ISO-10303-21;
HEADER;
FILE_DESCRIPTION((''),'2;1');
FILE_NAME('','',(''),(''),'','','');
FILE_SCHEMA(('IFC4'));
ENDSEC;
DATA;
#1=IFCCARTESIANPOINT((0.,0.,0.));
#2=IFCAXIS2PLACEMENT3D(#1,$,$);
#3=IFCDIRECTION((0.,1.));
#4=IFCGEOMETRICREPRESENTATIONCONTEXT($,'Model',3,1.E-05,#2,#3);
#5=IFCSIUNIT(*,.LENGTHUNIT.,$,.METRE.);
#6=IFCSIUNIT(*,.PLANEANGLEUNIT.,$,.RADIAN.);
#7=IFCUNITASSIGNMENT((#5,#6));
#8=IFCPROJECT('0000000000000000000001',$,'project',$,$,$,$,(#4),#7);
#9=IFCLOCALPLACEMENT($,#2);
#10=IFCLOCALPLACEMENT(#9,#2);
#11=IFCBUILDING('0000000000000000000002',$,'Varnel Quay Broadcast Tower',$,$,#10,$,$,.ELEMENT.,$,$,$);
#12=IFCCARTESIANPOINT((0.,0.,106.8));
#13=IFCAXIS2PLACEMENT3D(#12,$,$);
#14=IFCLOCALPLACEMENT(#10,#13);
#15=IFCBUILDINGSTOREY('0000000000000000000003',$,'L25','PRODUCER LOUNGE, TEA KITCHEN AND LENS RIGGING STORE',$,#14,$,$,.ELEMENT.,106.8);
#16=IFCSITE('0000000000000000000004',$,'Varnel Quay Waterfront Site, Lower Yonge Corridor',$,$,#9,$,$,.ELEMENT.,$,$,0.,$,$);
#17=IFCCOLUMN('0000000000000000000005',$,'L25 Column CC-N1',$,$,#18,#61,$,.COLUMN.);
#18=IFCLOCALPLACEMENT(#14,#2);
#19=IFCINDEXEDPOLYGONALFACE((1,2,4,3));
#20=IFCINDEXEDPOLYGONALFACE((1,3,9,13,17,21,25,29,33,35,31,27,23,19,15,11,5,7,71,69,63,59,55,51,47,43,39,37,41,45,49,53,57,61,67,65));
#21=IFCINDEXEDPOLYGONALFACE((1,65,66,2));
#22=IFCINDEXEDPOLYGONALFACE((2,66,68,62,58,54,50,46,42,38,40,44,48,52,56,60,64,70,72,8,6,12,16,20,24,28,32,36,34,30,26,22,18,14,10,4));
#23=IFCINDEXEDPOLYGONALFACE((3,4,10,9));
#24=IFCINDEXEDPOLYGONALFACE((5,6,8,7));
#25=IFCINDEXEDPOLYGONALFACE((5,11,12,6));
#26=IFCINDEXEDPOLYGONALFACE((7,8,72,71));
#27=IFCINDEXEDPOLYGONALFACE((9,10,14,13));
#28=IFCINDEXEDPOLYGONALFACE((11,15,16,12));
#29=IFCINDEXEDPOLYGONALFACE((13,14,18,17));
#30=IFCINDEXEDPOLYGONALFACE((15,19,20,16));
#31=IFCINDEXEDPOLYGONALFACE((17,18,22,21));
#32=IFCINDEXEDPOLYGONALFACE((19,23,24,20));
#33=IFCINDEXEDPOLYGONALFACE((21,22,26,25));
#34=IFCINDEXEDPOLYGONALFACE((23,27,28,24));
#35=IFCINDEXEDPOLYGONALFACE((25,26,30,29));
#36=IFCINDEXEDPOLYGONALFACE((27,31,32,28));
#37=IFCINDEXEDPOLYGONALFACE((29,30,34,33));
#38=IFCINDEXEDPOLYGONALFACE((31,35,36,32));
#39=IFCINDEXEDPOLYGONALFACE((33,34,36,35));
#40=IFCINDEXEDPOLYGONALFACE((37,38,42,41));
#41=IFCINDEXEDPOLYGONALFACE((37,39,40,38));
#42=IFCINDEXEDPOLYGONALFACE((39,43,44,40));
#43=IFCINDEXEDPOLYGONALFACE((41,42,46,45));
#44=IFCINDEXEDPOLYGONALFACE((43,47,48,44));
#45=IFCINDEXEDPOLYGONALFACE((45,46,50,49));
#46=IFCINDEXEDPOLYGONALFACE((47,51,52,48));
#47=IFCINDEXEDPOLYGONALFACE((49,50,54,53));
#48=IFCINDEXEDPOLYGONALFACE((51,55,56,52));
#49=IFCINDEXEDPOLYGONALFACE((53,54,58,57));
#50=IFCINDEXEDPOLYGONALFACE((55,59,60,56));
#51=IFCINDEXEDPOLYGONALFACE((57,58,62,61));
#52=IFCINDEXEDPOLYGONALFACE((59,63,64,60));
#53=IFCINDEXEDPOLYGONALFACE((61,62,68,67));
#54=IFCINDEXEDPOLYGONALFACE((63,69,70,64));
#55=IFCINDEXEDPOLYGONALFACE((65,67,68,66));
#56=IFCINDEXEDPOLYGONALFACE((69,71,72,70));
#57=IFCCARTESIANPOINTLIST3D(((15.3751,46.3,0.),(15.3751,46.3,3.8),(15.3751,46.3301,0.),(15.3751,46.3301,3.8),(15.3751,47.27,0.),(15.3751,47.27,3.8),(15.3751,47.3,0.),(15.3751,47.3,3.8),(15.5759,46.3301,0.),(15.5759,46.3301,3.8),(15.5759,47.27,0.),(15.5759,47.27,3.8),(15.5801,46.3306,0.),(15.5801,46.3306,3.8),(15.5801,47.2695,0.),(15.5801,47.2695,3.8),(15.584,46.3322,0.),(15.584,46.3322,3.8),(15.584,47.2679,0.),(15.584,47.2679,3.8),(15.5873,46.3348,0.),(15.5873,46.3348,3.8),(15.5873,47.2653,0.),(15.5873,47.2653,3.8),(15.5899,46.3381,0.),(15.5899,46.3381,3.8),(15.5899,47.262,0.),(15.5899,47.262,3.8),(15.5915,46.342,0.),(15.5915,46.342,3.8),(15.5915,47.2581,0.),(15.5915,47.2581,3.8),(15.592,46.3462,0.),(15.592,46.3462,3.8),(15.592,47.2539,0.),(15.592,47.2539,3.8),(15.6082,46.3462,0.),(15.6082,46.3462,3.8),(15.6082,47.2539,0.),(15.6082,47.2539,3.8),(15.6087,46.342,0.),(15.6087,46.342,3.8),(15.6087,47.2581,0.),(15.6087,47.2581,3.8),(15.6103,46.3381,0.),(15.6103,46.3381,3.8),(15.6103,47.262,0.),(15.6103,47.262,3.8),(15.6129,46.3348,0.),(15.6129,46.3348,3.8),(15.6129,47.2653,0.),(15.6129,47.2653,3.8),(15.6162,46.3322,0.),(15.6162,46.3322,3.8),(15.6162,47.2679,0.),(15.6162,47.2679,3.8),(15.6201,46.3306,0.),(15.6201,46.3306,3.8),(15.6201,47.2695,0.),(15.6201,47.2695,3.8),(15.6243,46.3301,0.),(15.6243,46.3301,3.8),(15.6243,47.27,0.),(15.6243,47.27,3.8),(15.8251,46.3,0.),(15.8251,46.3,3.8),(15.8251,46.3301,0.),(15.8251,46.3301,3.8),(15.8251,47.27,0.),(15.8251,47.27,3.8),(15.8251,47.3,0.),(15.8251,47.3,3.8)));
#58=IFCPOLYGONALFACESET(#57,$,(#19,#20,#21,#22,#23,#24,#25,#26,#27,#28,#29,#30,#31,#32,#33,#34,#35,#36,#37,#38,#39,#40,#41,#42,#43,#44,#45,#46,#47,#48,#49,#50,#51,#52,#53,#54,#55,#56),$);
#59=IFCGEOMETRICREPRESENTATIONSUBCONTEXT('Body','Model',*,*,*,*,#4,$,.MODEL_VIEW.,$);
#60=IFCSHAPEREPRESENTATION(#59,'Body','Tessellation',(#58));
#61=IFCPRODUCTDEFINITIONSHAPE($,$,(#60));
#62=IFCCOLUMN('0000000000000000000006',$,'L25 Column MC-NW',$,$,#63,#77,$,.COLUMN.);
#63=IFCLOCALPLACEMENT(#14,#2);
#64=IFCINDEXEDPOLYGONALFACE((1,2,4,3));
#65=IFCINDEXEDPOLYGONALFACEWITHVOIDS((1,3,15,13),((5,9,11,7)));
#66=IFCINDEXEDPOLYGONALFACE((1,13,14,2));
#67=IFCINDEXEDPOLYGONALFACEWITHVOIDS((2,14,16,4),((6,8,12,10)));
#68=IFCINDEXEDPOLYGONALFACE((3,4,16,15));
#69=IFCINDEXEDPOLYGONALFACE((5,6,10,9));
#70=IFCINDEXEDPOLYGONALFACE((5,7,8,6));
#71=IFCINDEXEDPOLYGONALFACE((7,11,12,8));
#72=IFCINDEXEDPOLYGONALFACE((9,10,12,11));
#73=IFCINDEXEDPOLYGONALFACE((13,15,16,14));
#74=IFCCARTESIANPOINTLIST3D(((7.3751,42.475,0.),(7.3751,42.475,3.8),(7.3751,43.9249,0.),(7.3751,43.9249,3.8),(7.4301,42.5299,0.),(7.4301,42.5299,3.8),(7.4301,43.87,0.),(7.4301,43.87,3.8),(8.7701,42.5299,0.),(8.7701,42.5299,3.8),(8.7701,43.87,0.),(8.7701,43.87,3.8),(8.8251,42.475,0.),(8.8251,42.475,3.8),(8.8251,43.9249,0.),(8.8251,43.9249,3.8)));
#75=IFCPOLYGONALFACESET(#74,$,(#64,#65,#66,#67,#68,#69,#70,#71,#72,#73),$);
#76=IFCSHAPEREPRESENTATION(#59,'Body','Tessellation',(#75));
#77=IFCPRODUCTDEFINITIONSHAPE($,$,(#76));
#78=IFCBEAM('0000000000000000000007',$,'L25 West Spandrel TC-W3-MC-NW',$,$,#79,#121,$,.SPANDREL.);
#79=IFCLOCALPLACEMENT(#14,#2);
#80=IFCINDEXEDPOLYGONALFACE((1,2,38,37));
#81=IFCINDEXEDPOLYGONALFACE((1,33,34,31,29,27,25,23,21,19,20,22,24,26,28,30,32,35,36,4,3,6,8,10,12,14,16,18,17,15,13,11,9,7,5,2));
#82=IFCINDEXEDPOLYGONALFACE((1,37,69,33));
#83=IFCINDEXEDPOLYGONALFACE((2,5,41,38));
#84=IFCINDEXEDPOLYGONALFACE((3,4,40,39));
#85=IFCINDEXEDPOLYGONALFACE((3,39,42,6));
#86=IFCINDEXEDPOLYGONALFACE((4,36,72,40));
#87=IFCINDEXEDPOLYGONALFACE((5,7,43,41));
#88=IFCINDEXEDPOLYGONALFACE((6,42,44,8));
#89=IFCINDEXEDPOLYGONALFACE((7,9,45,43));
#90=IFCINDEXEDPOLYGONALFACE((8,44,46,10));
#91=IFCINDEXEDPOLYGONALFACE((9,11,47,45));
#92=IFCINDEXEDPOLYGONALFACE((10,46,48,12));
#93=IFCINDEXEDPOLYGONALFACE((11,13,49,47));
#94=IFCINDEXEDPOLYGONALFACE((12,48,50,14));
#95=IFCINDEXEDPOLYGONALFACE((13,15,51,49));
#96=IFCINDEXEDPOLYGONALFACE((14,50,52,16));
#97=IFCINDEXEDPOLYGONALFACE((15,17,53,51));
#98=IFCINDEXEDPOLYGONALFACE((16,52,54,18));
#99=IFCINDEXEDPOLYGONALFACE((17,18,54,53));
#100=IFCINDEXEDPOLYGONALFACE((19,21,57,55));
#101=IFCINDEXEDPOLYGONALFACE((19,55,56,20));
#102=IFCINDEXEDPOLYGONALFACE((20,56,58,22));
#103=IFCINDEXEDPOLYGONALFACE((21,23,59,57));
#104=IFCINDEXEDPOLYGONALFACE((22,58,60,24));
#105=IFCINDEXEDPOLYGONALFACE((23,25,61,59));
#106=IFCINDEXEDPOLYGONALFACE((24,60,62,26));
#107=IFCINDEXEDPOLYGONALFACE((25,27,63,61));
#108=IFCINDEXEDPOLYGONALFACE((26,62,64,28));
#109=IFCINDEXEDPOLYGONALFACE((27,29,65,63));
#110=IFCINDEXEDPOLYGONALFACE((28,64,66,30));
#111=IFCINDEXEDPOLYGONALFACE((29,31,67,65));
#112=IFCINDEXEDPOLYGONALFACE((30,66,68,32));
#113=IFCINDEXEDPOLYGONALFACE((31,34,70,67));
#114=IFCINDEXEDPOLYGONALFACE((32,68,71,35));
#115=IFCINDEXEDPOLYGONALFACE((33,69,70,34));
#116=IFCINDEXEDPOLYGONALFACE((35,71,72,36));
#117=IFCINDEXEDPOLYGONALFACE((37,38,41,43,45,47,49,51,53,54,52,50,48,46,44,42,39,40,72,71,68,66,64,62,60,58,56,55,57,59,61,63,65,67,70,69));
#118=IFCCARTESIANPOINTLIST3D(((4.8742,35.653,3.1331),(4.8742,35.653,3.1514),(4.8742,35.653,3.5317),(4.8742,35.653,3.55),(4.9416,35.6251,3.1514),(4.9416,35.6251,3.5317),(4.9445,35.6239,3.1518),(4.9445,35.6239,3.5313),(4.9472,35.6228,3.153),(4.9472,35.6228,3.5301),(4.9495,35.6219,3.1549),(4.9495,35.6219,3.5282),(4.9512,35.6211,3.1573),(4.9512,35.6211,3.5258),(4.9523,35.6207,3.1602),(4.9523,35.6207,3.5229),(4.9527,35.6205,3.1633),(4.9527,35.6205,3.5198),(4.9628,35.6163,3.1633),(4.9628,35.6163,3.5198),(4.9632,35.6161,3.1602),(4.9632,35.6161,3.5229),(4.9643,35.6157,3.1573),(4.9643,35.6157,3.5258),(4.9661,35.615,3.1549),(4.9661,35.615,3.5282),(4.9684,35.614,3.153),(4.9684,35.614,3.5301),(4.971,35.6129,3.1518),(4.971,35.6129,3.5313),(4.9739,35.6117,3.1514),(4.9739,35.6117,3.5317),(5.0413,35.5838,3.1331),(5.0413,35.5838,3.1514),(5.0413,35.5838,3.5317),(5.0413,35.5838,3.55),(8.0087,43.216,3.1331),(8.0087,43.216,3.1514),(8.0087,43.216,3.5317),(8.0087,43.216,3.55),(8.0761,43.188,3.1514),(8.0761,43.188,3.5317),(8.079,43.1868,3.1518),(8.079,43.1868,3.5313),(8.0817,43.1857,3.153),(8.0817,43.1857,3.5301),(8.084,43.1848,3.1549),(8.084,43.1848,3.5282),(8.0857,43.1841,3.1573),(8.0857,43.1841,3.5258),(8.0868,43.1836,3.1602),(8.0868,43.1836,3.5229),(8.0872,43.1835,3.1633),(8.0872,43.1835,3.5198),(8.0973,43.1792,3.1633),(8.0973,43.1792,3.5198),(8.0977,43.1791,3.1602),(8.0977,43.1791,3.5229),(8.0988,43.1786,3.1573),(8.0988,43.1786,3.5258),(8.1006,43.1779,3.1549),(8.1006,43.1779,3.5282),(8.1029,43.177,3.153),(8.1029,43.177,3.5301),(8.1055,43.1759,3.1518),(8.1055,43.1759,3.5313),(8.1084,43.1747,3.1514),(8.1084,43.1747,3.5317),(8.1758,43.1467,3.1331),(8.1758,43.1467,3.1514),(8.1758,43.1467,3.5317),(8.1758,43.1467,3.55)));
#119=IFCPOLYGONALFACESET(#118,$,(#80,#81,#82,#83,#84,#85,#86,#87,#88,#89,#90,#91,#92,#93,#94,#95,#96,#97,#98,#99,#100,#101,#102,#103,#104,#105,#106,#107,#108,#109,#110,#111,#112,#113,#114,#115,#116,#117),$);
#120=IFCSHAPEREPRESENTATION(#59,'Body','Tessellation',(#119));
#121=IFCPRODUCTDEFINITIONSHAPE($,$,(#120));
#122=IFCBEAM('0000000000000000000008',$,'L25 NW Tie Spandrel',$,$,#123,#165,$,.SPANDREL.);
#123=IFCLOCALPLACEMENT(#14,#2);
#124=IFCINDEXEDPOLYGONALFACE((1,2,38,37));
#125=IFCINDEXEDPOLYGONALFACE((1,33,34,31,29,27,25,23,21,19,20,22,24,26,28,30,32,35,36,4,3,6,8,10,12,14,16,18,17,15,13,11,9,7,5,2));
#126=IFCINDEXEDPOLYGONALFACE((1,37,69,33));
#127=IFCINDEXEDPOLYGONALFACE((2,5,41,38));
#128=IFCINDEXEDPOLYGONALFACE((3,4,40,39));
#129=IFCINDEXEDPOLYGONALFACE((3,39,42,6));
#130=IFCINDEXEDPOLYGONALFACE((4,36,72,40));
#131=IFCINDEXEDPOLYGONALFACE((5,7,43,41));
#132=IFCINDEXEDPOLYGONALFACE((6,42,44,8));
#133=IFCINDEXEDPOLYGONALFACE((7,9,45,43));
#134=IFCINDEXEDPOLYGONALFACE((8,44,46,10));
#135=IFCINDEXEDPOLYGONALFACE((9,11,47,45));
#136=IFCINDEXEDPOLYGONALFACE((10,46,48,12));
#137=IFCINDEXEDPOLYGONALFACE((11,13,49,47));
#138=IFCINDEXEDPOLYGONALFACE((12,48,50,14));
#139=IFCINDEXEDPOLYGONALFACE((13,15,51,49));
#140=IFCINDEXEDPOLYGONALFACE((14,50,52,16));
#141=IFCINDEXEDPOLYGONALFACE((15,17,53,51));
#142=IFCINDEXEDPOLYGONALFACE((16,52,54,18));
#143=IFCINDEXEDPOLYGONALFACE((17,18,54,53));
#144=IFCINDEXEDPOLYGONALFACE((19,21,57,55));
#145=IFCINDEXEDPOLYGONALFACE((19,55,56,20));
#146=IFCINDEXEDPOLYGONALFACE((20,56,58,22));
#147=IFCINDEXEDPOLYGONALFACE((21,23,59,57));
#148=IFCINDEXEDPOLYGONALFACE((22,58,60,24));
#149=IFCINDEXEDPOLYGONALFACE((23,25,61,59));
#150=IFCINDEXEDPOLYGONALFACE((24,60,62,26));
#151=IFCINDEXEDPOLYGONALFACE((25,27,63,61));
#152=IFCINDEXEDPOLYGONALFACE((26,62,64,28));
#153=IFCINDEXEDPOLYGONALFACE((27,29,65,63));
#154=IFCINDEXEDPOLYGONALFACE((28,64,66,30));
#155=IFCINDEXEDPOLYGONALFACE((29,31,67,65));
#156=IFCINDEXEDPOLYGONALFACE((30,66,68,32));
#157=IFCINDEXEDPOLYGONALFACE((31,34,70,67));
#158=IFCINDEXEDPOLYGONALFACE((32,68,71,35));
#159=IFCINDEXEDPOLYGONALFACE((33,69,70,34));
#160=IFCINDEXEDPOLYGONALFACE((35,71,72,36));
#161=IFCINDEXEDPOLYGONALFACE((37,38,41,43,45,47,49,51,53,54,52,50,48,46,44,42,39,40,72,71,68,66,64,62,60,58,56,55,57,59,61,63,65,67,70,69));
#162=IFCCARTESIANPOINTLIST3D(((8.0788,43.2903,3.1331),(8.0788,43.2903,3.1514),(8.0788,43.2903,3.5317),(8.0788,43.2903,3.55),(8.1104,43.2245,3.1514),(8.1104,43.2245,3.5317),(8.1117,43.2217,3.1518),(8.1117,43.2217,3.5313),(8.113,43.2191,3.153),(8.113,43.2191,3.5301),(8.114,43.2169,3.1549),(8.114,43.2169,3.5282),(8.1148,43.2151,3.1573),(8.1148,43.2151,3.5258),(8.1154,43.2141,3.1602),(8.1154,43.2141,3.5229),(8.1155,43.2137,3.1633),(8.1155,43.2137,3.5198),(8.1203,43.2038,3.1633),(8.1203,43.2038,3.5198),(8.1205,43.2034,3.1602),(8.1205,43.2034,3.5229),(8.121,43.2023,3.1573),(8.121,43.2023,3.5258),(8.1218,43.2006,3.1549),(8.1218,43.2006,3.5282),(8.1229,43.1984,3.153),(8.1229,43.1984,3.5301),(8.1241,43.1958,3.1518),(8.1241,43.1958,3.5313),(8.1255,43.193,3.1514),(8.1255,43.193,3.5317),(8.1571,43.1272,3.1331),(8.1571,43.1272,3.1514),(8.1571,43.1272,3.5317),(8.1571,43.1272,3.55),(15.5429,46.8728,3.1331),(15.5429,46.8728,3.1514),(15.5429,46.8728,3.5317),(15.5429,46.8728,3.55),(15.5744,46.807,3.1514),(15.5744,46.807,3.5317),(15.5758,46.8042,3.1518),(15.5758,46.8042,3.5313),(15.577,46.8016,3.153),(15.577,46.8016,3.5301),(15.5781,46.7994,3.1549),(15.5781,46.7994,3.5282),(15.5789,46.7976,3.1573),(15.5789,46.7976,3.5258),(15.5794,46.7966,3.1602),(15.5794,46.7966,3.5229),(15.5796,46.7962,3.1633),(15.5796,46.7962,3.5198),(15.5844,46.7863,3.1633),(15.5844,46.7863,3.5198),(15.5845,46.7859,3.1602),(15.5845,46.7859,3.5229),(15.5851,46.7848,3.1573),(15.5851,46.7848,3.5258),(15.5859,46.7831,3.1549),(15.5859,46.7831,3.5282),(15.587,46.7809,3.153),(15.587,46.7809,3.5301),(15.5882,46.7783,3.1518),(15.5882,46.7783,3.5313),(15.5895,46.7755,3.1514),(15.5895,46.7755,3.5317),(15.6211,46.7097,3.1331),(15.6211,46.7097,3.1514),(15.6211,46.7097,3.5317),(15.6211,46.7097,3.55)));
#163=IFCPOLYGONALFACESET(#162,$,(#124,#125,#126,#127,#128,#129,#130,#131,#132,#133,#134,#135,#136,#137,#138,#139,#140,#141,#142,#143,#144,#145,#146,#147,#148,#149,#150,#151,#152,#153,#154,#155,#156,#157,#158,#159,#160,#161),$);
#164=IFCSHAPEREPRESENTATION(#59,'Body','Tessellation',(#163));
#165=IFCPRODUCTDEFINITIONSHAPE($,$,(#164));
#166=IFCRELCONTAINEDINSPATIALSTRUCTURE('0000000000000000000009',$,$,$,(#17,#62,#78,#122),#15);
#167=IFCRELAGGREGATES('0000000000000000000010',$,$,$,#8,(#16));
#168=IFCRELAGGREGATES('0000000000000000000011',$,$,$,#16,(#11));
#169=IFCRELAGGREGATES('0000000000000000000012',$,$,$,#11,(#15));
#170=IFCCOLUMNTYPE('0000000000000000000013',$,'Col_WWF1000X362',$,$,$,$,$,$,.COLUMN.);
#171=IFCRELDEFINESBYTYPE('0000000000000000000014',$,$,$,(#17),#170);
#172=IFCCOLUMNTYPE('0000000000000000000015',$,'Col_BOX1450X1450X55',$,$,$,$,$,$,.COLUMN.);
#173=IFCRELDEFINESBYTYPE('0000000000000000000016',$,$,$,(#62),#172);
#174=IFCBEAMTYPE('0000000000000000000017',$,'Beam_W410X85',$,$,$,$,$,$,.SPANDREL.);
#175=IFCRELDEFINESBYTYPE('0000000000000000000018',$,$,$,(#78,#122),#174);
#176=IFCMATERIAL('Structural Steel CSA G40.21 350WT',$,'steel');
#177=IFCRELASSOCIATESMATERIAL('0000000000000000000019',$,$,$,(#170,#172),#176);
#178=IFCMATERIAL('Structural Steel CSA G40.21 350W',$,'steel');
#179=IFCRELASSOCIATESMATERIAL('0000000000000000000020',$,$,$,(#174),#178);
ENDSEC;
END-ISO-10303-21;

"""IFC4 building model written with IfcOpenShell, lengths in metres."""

from ifc_helpers import new_model, si_unit, direction, frame, origin, origin_2d, place, context, subcontext, project, spatial, hollow_rectangle, i_section, extrude, source, transform, mapped, material, material_profile, profile_set, type_object, type_shapes, element, save


model = new_model("IFC4")

# Units and contexts
model_context = context("Model", 3, precision=1e-05, world=origin(), true_north=direction((0.0, 1.0)))
body_context = subcontext(model_context, "Body", "Model", "MODEL_VIEW")
ifc_project = project(units=[si_unit("LENGTHUNIT", "METRE"), si_unit("PLANEANGLEUNIT", "RADIAN")], contexts=[model_context])

# Site, building, storey
site_placement = place(None, origin())
site = spatial("IfcSite", under=ifc_project, at=site_placement, Name="Varnel Quay Waterfront Site, Lower Yonge Corridor", CompositionType="ELEMENT", RefElevation=0.0)
building_placement = place(site_placement, origin())
building = spatial("IfcBuilding", under=site, at=building_placement, Name="Varnel Quay Broadcast Tower", CompositionType="ELEMENT")
storey_placement = place(building_placement, frame((0.0, 0.0, 106.8)))
storey = spatial("IfcBuildingStorey", under=building, at=storey_placement, Name="L25", Description="PRODUCER LOUNGE, TEA KITCHEN AND LENS RIGGING STORE", CompositionType="ELEMENT", Elevation=106.8)

# Columns
ifc_material_1 = material(Name="Structural Steel CSA G40.21 350WT", Category="steel")
ifc_material_profile_1 = material_profile(ifc_material_1, i_section(OverallWidth=0.45, OverallDepth=1.0, WebThickness=0.0161, FlangeThickness=0.03, FilletRadius=0.0161, at=origin_2d()), Name="WWF1000X362")
ifc_profile_set_1 = profile_set([ifc_material_profile_1], Name="Structural Steel CSA G40.21 350WT")
column_type_1 = type_object("IfcColumnType", Name="Col_WWF1000X362", PredefinedType="COLUMN", material=ifc_profile_set_1)
shared_shape_1 = source(origin(), body_context, "Body", "SweptSolid", [
    extrude(i_section(OverallWidth=0.45, OverallDepth=1.0, WebThickness=0.0161, FlangeThickness=0.03, FilletRadius=0.0161, at=origin_2d()), origin(), (0.0, 0.0, 1.0), 3.8),
])
type_shapes(column_type_1, [shared_shape_1])
column_1_placement = place(storey_placement, frame((15.6001, 46.8, 0.0), z_axis=(0.0, 0.0, 1.0), x_axis=(1.0, 0.0, 0.0)))
element("IfcColumn", 1, at=column_1_placement, inside=storey, type_object=column_type_1, Name="L25 Column CC-N1", PredefinedType="COLUMN", context=body_context, shape_type="MappedRepresentation", body=[
    mapped(shared_shape_1, transform((0.0, 0.0, 0.0), x_axis=(1.0, 0.0, 0.0), y_axis=(0.0, 1.0, 0.0), z_axis=(0.0, 0.0, 1.0), scale=1.0)),
])
ifc_material_profile_2 = material_profile(ifc_material_1, hollow_rectangle(XDim=1.45, YDim=1.45, WallThickness=0.0549, at=origin_2d()), Name="BOX1450X1450X55")
ifc_profile_set_2 = profile_set([ifc_material_profile_2], Name="Structural Steel CSA G40.21 350WT")
column_type_2 = type_object("IfcColumnType", Name="Col_BOX1450X1450X55", PredefinedType="COLUMN", material=ifc_profile_set_2)
shared_shape_2 = source(origin(), body_context, "Body", "SweptSolid", [
    extrude(hollow_rectangle(XDim=1.45, YDim=1.45, WallThickness=0.0549, at=origin_2d()), origin(), (0.0, 0.0, 1.0), 3.8),
])
type_shapes(column_type_2, [shared_shape_2])
column_2_placement = place(storey_placement, frame((8.1001, 43.2, 0.0), z_axis=(0.0, 0.0, 1.0), x_axis=(1.0, 0.0, 0.0)))
element("IfcColumn", 2, at=column_2_placement, inside=storey, type_object=column_type_2, Name="L25 Column MC-NW", PredefinedType="COLUMN", context=body_context, shape_type="MappedRepresentation", body=[
    mapped(shared_shape_2, transform((0.0, 0.0, 0.0), x_axis=(1.0, 0.0, 0.0), y_axis=(0.0, 1.0, 0.0), z_axis=(0.0, 0.0, 1.0), scale=1.0)),
])

# Beams
ifc_material_2 = material(Name="Structural Steel CSA G40.21 350W", Category="steel")
ifc_material_profile_3 = material_profile(ifc_material_2, i_section(OverallWidth=0.1809, OverallDepth=0.417, WebThickness=0.011, FlangeThickness=0.0183, FilletRadius=0.012, at=origin_2d()), Name="W410X85")
ifc_profile_set_3 = profile_set([ifc_material_profile_3], Name="Structural Steel CSA G40.21 350W")
beam_type = type_object("IfcBeamType", Name="Beam_W410X85", PredefinedType="SPANDREL", material=ifc_profile_set_3)
shared_shape_3 = source(origin(), body_context, "Body", "SweptSolid", [
    extrude(i_section(OverallWidth=0.1809, OverallDepth=0.417, WebThickness=0.011, FlangeThickness=0.0183, FilletRadius=0.012, at=origin_2d()), origin(), (0.0, 0.0, 1.0), 8.1868),
])
beam_1_placement = place(storey_placement, frame((4.9578, 35.6184, 3.3416), z_axis=(0.382874, 0.923801, 0.0), x_axis=(-0.923801, 0.382874, 0.0)))
element("IfcBeam", 3, at=beam_1_placement, inside=storey, type_object=beam_type, Name="L25 West Spandrel TC-W3-MC-NW", PredefinedType="SPANDREL", context=body_context, shape_type="MappedRepresentation", body=[
    mapped(shared_shape_3, transform((0.0, 0.0, 0.0), x_axis=(1.0, 0.0, 0.0), y_axis=(0.0, 1.0, 0.0), z_axis=(0.0, 0.0, 1.0), scale=1.0)),
])
shared_shape_4 = source(origin(), body_context, "Body", "SweptSolid", [
    extrude(i_section(OverallWidth=0.1809, OverallDepth=0.417, WebThickness=0.011, FlangeThickness=0.0183, FilletRadius=0.012, at=origin_2d()), origin(), (0.0, 0.0, 1.0), 8.2793),
])
type_shapes(beam_type, [shared_shape_3, shared_shape_4])
beam_2_placement = place(storey_placement, frame((8.1179, 43.2087, 3.3416), z_axis=(0.901535, 0.432706, 0.0), x_axis=(-0.432706, 0.901535, 0.0)))
element("IfcBeam", 4, at=beam_2_placement, inside=storey, type_object=beam_type, Name="L25 NW Tie Spandrel", PredefinedType="SPANDREL", context=body_context, shape_type="MappedRepresentation", body=[
    mapped(shared_shape_4, transform((0.0, 0.0, 0.0), x_axis=(1.0, 0.0, 0.0), y_axis=(0.0, 1.0, 0.0), z_axis=(0.0, 0.0, 1.0), scale=1.0)),
])

save(model, "model.ifc")
